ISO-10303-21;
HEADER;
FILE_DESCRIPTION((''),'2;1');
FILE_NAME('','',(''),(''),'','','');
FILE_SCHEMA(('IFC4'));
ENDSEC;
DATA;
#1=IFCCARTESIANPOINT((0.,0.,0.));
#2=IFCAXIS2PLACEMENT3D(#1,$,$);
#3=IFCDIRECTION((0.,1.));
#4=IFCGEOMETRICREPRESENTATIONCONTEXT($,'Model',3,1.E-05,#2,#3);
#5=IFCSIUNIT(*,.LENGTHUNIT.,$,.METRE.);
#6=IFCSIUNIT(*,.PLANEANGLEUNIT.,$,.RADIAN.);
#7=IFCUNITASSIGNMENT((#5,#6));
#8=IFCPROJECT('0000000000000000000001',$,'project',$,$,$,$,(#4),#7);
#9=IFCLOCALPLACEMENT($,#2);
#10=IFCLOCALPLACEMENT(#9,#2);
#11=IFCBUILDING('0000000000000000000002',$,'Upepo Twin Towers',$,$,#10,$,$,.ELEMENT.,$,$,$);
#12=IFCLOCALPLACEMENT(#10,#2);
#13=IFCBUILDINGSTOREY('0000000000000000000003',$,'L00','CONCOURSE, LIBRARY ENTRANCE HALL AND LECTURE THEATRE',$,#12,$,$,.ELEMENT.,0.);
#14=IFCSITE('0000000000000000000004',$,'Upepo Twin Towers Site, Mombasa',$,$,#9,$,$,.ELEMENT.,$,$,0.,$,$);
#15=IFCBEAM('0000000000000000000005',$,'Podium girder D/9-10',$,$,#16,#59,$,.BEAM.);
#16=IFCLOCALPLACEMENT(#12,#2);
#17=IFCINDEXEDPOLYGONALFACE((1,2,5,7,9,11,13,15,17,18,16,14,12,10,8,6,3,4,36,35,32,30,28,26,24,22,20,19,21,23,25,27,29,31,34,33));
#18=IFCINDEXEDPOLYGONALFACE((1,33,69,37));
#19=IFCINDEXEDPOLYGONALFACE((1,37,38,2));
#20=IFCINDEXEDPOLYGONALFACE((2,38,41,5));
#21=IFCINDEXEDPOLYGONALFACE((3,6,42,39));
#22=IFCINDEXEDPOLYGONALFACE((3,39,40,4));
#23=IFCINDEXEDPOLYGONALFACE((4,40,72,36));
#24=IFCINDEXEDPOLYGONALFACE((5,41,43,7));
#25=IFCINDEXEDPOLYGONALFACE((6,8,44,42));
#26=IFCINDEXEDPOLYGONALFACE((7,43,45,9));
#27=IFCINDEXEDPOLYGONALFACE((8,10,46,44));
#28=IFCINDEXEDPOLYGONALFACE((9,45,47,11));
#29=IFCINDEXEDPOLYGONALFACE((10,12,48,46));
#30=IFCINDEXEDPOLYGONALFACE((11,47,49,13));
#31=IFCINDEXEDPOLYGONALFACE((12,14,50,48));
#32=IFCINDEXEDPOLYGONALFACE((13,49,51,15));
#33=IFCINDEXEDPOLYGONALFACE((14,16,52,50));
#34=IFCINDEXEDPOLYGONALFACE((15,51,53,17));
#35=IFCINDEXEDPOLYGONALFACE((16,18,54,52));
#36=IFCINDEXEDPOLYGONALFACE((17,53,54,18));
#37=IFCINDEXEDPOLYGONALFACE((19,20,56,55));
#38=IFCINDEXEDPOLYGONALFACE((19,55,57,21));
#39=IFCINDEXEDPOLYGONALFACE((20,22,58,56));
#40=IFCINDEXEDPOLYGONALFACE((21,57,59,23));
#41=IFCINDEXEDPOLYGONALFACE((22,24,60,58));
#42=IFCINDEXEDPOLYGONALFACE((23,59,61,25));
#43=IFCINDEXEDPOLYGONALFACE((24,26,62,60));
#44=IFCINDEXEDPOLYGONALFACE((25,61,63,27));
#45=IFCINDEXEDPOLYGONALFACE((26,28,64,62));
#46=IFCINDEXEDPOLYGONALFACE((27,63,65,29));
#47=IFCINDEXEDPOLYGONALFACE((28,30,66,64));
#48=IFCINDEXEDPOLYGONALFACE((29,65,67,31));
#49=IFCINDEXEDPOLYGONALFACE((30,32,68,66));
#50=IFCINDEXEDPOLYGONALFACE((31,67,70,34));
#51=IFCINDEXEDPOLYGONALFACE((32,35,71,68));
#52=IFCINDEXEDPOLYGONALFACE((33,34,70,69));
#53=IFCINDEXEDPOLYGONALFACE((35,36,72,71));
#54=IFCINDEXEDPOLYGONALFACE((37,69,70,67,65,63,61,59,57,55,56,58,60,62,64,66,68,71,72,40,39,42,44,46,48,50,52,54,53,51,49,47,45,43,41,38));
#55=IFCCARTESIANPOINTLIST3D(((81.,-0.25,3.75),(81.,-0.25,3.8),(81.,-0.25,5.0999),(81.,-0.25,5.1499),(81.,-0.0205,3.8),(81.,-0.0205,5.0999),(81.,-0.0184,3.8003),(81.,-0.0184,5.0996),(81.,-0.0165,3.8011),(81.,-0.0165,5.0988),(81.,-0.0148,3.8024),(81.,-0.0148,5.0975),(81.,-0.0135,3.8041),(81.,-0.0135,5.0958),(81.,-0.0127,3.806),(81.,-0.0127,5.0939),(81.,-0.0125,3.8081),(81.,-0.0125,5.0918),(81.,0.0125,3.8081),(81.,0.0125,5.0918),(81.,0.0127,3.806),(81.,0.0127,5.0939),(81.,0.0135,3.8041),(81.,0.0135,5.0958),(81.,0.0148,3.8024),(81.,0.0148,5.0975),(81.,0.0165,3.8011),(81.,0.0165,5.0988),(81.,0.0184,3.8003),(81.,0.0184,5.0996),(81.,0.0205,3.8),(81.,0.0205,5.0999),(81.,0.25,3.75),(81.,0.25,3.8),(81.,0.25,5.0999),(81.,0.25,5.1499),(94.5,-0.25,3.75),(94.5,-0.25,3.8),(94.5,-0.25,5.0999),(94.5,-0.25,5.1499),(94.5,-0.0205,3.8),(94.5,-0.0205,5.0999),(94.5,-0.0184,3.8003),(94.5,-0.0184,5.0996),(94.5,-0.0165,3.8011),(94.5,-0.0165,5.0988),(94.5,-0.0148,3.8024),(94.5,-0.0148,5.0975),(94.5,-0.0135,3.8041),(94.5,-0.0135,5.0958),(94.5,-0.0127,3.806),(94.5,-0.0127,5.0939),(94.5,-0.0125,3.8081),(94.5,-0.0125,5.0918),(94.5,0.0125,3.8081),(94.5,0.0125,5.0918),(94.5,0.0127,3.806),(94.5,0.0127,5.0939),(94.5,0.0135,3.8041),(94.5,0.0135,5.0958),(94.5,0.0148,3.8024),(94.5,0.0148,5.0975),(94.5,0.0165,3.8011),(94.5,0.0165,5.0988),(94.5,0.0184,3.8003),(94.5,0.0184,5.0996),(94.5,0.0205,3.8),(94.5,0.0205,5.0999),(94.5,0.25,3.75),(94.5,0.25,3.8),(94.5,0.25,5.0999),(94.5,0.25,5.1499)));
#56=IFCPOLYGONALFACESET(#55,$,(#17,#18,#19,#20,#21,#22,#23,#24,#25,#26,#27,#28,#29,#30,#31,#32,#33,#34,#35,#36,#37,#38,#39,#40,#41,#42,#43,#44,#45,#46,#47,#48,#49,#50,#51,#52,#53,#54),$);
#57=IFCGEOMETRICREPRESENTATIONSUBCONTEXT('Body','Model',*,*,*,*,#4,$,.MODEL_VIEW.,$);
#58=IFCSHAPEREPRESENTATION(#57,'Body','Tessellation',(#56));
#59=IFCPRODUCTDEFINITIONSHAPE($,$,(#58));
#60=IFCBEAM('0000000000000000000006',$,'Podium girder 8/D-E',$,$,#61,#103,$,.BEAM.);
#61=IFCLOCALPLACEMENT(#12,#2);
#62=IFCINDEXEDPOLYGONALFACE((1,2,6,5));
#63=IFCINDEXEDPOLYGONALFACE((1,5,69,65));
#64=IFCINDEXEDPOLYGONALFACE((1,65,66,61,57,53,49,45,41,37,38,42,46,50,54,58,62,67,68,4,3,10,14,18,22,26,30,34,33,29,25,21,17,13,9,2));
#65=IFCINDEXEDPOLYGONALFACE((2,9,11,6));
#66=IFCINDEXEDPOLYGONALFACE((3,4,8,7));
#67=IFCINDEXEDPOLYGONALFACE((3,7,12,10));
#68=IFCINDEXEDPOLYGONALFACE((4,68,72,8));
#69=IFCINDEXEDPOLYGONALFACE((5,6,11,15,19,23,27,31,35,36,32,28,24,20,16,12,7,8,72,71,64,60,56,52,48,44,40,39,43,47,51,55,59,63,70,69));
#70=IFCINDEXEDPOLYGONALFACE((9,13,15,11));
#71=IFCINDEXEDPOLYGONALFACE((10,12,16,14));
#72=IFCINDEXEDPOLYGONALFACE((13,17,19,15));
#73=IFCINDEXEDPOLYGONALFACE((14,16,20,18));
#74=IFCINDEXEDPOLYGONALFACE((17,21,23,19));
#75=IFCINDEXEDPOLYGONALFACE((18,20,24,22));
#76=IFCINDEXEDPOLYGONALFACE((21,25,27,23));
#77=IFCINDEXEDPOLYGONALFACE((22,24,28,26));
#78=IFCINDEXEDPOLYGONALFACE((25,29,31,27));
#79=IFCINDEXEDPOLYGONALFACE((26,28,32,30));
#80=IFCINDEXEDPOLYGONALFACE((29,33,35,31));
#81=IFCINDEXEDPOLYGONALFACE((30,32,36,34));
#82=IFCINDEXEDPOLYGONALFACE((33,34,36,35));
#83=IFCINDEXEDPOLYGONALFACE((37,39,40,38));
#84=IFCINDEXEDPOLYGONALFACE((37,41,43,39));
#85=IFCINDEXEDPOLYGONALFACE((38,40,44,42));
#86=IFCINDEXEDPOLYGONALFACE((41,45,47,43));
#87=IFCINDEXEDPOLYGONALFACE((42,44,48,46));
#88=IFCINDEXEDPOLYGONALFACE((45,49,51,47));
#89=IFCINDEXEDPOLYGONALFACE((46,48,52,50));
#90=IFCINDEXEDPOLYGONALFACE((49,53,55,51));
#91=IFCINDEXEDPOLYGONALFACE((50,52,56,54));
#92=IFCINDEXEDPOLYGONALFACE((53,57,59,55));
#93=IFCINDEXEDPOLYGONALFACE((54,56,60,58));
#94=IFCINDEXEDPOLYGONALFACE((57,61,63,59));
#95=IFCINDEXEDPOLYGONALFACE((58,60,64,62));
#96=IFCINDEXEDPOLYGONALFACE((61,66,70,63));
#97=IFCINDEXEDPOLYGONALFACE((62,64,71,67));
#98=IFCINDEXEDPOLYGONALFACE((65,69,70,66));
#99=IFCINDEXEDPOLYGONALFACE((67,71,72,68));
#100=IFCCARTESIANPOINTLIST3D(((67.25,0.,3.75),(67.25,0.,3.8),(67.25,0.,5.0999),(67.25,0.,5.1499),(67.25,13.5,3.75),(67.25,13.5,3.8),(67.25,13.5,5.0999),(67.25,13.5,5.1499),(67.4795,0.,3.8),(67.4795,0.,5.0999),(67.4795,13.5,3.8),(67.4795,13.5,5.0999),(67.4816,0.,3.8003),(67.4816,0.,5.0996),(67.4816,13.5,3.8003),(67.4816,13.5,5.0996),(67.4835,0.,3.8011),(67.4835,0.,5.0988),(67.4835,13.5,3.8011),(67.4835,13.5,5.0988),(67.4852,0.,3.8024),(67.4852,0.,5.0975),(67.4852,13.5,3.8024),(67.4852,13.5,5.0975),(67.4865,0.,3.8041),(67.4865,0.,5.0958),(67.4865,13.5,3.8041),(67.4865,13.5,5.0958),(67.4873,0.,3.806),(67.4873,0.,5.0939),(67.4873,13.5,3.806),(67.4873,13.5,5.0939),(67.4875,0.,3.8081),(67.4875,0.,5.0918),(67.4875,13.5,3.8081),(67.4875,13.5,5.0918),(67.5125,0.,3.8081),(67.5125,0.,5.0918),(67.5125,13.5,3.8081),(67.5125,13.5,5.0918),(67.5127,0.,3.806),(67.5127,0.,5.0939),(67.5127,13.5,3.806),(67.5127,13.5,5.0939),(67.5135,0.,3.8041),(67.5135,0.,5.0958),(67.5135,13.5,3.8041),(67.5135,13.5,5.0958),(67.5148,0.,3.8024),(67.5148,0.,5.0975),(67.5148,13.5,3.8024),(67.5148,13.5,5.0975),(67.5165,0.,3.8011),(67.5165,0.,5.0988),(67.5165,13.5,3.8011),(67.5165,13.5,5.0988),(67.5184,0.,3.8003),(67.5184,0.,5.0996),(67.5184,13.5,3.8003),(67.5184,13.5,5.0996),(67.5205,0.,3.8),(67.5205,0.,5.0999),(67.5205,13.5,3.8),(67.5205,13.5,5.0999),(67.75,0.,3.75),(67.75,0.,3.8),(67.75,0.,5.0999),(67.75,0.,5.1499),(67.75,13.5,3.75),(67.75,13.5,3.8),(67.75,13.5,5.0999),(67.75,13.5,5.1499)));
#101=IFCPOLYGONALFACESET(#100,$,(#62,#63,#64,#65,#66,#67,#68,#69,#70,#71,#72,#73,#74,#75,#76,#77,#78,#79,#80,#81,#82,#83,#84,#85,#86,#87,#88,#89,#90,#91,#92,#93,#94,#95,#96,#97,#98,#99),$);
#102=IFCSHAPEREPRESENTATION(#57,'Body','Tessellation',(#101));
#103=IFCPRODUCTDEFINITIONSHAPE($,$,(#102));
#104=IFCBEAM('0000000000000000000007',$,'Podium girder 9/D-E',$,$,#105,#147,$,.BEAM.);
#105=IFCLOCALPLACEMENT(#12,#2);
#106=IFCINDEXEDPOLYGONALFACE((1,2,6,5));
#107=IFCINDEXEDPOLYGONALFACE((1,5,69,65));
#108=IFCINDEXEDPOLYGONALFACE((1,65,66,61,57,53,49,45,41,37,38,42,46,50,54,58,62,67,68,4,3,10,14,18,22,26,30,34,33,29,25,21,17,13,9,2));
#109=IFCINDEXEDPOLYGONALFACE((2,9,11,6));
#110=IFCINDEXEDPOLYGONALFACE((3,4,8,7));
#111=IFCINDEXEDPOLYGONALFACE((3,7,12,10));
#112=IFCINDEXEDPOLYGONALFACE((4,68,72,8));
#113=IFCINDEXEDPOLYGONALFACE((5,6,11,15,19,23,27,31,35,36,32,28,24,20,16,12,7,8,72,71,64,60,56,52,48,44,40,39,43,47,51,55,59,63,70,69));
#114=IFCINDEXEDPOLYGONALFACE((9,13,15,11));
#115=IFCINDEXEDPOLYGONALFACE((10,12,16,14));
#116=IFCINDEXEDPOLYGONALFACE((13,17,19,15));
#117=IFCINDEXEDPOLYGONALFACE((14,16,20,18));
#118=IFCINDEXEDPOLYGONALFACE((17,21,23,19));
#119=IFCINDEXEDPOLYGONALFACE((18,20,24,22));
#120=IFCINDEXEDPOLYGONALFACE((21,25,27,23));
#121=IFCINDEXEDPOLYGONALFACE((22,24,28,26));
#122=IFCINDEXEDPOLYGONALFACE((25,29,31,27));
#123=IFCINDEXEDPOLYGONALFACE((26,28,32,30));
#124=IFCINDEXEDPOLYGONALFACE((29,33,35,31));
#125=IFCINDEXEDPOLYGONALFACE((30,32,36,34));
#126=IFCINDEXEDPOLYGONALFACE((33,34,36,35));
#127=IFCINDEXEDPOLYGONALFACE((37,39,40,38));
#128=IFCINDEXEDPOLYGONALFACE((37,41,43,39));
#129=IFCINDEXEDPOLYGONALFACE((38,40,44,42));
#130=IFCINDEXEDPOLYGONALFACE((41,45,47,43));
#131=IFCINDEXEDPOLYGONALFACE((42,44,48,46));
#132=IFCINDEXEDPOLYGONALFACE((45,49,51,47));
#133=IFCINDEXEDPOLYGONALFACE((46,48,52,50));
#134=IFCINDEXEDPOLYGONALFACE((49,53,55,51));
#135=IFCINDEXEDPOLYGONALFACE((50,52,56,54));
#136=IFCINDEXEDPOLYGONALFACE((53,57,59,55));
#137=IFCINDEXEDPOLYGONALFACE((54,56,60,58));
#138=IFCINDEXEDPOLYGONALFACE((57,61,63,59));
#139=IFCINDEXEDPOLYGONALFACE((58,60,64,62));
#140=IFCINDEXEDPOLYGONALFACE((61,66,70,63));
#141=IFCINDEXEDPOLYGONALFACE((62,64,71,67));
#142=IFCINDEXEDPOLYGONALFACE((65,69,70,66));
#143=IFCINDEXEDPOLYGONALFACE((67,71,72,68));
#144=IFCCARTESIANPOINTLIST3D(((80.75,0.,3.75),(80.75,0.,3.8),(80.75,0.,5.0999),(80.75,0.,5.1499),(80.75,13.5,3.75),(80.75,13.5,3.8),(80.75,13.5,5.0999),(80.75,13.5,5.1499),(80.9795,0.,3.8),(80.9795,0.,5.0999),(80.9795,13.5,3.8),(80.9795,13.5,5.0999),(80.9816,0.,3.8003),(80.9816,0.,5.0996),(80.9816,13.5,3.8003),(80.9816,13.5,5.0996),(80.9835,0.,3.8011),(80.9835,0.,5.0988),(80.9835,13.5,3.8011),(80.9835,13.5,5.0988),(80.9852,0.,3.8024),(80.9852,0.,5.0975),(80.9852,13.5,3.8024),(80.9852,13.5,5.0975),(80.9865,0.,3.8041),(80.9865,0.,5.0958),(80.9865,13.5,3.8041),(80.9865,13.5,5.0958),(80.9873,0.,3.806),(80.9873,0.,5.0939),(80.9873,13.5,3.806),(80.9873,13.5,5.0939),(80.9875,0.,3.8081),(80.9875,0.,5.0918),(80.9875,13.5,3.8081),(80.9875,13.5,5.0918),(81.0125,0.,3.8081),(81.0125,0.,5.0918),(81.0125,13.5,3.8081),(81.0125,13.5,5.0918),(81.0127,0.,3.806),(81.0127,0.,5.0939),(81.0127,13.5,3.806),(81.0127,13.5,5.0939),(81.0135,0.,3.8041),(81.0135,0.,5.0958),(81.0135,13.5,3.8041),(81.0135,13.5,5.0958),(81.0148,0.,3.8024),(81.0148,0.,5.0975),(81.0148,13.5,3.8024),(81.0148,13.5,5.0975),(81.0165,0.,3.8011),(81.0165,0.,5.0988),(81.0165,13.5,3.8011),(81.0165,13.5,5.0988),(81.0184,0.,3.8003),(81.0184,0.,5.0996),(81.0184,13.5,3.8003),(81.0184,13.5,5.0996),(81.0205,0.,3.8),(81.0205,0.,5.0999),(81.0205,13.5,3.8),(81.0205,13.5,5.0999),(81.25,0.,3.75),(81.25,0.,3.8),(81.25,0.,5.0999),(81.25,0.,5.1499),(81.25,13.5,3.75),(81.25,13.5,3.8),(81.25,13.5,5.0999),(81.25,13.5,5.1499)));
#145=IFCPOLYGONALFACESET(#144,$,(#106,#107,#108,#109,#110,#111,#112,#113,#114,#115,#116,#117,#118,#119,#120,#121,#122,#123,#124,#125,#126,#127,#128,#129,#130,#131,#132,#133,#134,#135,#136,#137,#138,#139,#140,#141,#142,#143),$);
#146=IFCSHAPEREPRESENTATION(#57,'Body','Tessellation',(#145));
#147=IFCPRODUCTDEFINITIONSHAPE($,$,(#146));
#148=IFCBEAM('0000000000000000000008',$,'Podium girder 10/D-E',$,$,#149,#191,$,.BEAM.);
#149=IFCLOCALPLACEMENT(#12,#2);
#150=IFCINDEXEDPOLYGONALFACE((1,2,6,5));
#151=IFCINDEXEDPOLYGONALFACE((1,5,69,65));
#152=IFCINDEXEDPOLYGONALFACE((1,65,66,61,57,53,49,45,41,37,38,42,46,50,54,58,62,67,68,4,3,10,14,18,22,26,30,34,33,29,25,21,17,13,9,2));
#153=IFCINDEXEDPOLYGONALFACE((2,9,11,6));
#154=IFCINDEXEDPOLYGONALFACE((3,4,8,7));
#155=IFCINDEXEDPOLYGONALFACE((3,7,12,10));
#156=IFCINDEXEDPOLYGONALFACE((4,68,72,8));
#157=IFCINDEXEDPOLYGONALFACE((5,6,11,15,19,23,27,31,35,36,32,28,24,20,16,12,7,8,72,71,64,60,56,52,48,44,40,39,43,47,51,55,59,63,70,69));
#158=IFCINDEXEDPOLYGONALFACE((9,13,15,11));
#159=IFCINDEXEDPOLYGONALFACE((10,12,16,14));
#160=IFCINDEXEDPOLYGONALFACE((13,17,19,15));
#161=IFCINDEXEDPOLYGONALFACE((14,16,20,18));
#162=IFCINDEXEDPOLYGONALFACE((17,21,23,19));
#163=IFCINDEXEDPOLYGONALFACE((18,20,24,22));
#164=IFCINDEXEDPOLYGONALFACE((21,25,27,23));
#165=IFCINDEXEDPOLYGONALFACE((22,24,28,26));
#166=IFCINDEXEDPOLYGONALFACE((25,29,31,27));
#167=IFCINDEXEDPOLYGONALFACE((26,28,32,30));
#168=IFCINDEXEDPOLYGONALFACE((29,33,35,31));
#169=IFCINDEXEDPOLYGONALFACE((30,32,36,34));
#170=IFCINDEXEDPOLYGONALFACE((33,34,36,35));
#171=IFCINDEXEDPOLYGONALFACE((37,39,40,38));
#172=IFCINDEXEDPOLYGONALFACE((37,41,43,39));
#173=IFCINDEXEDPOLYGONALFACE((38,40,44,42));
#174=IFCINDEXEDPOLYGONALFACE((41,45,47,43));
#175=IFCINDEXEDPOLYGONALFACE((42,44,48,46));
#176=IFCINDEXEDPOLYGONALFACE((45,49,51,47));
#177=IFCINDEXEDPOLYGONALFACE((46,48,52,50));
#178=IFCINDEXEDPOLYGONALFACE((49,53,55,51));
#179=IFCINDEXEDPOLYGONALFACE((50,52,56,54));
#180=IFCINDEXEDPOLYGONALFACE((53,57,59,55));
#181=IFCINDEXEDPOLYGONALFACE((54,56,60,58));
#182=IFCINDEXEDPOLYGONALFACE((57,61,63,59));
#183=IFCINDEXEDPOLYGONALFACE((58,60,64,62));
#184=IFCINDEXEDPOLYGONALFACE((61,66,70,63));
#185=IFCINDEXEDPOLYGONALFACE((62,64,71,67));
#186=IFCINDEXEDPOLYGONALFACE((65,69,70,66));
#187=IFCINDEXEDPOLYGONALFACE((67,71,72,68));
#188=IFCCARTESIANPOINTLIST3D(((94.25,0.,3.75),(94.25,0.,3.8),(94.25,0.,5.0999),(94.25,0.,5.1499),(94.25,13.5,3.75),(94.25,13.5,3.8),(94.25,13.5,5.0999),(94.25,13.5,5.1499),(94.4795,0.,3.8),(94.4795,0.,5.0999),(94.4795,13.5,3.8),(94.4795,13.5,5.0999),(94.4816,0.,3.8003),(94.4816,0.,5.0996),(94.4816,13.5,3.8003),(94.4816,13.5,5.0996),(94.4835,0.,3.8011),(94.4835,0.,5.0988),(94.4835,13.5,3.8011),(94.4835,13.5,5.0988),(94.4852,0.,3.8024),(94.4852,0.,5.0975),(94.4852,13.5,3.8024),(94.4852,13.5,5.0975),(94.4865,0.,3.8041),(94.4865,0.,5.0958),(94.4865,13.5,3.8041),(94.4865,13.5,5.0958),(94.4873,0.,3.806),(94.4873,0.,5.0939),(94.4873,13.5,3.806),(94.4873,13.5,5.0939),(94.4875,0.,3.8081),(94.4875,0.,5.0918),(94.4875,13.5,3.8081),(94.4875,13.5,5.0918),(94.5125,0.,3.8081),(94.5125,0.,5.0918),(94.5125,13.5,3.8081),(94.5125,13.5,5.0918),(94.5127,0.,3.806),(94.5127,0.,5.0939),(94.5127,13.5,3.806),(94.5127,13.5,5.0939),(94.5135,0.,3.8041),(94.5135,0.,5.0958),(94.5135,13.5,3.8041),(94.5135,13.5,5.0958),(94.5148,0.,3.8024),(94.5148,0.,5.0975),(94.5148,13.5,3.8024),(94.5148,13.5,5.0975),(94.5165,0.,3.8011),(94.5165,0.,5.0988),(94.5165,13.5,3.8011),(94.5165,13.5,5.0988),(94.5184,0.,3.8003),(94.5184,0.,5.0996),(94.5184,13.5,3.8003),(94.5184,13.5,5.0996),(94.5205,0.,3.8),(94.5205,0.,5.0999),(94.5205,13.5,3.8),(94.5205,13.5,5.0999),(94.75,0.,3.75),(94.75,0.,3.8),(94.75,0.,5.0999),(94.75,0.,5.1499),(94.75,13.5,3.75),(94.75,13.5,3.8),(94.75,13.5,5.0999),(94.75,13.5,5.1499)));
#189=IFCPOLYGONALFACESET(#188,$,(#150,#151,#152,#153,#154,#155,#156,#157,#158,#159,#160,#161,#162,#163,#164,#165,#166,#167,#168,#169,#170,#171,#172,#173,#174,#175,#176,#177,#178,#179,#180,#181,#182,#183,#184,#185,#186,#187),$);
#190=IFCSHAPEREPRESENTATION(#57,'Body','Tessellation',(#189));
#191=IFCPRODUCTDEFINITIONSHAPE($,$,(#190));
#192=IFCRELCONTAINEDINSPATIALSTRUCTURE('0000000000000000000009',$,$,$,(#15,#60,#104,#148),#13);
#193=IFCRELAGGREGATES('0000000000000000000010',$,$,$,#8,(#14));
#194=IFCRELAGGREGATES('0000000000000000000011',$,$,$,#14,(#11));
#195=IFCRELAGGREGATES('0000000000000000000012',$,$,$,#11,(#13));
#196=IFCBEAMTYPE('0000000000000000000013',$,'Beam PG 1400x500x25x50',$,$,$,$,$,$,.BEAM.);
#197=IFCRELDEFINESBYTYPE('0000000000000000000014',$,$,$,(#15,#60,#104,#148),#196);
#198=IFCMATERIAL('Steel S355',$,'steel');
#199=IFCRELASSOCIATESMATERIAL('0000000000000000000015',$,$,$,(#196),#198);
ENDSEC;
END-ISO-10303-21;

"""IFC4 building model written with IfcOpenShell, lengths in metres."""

from ifc_helpers import new_model, si_unit, direction, frame, origin, origin_2d, place, context, subcontext, project, spatial, i_section, extrude, material, material_profile, profile_set, type_object, element, save


model = new_model("IFC4")

# Units and contexts
model_context = context("Model", 3, precision=1e-05, world=origin(), true_north=direction((0.0, 1.0)))
body_context = subcontext(model_context, "Body", "Model", "MODEL_VIEW")
ifc_project = project(units=[si_unit("LENGTHUNIT", "METRE"), si_unit("PLANEANGLEUNIT", "RADIAN")], contexts=[model_context])

# Site, building, storey
site_placement = place(None, origin())
site = spatial("IfcSite", under=ifc_project, at=site_placement, Name="Upepo Twin Towers Site, Mombasa", CompositionType="ELEMENT", RefElevation=0.0)
building_placement = place(site_placement, origin())
building = spatial("IfcBuilding", under=site, at=building_placement, Name="Upepo Twin Towers", CompositionType="ELEMENT")
storey_placement = place(building_placement, origin())
storey = spatial("IfcBuildingStorey", under=building, at=storey_placement, Name="L00", Description="CONCOURSE, LIBRARY ENTRANCE HALL AND LECTURE THEATRE", CompositionType="ELEMENT", Elevation=0.0)

# Beams
ifc_material_1 = material(Name="Steel S355", Category="steel")
ifc_material_profile_1 = material_profile(ifc_material_1, i_section(OverallWidth=0.5, OverallDepth=1.3999, WebThickness=0.0249, FlangeThickness=0.05, FilletRadius=0.0081, at=origin_2d()), Name="PG 1400x500x25x50")
ifc_profile_set_1 = profile_set([ifc_material_profile_1], Name="Steel S355")
beam_type_1 = type_object("IfcBeamType", Name="Beam PG 1400x500x25x50", PredefinedType="BEAM", material=ifc_profile_set_1)
for number, where, z_axis, x_axis, name in (
    (1, (81.0, 0.0, 4.45), (1.0, 0.0, 0.0), (0.0, 1.0, 0.0), "Podium girder D/9-10"),
    (2, (67.5, 0.0, 4.45), (0.0, 1.0, 0.0), (-1.0, 0.0, 0.0), "Podium girder 8/D-E"),
    (3, (81.0, 0.0, 4.45), (0.0, 1.0, 0.0), (-1.0, 0.0, 0.0), "Podium girder 9/D-E"),
    (4, (94.5, 0.0, 4.45), (0.0, 1.0, 0.0), (-1.0, 0.0, 0.0), "Podium girder 10/D-E"),
):
    element("IfcBeam", number, at=place(storey_placement, frame(where, z_axis=z_axis, x_axis=x_axis)), inside=storey, type_object=beam_type_1, Name=name, PredefinedType="BEAM", context=body_context, shape_type="SweptSolid", body=[
        extrude(i_section(OverallWidth=0.5, OverallDepth=1.3999, WebThickness=0.0249, FlangeThickness=0.05, FilletRadius=0.0081, at=origin_2d()), origin(), (0.0, 0.0, 1.0), 13.5),
    ])

save(model, "model.ifc")
